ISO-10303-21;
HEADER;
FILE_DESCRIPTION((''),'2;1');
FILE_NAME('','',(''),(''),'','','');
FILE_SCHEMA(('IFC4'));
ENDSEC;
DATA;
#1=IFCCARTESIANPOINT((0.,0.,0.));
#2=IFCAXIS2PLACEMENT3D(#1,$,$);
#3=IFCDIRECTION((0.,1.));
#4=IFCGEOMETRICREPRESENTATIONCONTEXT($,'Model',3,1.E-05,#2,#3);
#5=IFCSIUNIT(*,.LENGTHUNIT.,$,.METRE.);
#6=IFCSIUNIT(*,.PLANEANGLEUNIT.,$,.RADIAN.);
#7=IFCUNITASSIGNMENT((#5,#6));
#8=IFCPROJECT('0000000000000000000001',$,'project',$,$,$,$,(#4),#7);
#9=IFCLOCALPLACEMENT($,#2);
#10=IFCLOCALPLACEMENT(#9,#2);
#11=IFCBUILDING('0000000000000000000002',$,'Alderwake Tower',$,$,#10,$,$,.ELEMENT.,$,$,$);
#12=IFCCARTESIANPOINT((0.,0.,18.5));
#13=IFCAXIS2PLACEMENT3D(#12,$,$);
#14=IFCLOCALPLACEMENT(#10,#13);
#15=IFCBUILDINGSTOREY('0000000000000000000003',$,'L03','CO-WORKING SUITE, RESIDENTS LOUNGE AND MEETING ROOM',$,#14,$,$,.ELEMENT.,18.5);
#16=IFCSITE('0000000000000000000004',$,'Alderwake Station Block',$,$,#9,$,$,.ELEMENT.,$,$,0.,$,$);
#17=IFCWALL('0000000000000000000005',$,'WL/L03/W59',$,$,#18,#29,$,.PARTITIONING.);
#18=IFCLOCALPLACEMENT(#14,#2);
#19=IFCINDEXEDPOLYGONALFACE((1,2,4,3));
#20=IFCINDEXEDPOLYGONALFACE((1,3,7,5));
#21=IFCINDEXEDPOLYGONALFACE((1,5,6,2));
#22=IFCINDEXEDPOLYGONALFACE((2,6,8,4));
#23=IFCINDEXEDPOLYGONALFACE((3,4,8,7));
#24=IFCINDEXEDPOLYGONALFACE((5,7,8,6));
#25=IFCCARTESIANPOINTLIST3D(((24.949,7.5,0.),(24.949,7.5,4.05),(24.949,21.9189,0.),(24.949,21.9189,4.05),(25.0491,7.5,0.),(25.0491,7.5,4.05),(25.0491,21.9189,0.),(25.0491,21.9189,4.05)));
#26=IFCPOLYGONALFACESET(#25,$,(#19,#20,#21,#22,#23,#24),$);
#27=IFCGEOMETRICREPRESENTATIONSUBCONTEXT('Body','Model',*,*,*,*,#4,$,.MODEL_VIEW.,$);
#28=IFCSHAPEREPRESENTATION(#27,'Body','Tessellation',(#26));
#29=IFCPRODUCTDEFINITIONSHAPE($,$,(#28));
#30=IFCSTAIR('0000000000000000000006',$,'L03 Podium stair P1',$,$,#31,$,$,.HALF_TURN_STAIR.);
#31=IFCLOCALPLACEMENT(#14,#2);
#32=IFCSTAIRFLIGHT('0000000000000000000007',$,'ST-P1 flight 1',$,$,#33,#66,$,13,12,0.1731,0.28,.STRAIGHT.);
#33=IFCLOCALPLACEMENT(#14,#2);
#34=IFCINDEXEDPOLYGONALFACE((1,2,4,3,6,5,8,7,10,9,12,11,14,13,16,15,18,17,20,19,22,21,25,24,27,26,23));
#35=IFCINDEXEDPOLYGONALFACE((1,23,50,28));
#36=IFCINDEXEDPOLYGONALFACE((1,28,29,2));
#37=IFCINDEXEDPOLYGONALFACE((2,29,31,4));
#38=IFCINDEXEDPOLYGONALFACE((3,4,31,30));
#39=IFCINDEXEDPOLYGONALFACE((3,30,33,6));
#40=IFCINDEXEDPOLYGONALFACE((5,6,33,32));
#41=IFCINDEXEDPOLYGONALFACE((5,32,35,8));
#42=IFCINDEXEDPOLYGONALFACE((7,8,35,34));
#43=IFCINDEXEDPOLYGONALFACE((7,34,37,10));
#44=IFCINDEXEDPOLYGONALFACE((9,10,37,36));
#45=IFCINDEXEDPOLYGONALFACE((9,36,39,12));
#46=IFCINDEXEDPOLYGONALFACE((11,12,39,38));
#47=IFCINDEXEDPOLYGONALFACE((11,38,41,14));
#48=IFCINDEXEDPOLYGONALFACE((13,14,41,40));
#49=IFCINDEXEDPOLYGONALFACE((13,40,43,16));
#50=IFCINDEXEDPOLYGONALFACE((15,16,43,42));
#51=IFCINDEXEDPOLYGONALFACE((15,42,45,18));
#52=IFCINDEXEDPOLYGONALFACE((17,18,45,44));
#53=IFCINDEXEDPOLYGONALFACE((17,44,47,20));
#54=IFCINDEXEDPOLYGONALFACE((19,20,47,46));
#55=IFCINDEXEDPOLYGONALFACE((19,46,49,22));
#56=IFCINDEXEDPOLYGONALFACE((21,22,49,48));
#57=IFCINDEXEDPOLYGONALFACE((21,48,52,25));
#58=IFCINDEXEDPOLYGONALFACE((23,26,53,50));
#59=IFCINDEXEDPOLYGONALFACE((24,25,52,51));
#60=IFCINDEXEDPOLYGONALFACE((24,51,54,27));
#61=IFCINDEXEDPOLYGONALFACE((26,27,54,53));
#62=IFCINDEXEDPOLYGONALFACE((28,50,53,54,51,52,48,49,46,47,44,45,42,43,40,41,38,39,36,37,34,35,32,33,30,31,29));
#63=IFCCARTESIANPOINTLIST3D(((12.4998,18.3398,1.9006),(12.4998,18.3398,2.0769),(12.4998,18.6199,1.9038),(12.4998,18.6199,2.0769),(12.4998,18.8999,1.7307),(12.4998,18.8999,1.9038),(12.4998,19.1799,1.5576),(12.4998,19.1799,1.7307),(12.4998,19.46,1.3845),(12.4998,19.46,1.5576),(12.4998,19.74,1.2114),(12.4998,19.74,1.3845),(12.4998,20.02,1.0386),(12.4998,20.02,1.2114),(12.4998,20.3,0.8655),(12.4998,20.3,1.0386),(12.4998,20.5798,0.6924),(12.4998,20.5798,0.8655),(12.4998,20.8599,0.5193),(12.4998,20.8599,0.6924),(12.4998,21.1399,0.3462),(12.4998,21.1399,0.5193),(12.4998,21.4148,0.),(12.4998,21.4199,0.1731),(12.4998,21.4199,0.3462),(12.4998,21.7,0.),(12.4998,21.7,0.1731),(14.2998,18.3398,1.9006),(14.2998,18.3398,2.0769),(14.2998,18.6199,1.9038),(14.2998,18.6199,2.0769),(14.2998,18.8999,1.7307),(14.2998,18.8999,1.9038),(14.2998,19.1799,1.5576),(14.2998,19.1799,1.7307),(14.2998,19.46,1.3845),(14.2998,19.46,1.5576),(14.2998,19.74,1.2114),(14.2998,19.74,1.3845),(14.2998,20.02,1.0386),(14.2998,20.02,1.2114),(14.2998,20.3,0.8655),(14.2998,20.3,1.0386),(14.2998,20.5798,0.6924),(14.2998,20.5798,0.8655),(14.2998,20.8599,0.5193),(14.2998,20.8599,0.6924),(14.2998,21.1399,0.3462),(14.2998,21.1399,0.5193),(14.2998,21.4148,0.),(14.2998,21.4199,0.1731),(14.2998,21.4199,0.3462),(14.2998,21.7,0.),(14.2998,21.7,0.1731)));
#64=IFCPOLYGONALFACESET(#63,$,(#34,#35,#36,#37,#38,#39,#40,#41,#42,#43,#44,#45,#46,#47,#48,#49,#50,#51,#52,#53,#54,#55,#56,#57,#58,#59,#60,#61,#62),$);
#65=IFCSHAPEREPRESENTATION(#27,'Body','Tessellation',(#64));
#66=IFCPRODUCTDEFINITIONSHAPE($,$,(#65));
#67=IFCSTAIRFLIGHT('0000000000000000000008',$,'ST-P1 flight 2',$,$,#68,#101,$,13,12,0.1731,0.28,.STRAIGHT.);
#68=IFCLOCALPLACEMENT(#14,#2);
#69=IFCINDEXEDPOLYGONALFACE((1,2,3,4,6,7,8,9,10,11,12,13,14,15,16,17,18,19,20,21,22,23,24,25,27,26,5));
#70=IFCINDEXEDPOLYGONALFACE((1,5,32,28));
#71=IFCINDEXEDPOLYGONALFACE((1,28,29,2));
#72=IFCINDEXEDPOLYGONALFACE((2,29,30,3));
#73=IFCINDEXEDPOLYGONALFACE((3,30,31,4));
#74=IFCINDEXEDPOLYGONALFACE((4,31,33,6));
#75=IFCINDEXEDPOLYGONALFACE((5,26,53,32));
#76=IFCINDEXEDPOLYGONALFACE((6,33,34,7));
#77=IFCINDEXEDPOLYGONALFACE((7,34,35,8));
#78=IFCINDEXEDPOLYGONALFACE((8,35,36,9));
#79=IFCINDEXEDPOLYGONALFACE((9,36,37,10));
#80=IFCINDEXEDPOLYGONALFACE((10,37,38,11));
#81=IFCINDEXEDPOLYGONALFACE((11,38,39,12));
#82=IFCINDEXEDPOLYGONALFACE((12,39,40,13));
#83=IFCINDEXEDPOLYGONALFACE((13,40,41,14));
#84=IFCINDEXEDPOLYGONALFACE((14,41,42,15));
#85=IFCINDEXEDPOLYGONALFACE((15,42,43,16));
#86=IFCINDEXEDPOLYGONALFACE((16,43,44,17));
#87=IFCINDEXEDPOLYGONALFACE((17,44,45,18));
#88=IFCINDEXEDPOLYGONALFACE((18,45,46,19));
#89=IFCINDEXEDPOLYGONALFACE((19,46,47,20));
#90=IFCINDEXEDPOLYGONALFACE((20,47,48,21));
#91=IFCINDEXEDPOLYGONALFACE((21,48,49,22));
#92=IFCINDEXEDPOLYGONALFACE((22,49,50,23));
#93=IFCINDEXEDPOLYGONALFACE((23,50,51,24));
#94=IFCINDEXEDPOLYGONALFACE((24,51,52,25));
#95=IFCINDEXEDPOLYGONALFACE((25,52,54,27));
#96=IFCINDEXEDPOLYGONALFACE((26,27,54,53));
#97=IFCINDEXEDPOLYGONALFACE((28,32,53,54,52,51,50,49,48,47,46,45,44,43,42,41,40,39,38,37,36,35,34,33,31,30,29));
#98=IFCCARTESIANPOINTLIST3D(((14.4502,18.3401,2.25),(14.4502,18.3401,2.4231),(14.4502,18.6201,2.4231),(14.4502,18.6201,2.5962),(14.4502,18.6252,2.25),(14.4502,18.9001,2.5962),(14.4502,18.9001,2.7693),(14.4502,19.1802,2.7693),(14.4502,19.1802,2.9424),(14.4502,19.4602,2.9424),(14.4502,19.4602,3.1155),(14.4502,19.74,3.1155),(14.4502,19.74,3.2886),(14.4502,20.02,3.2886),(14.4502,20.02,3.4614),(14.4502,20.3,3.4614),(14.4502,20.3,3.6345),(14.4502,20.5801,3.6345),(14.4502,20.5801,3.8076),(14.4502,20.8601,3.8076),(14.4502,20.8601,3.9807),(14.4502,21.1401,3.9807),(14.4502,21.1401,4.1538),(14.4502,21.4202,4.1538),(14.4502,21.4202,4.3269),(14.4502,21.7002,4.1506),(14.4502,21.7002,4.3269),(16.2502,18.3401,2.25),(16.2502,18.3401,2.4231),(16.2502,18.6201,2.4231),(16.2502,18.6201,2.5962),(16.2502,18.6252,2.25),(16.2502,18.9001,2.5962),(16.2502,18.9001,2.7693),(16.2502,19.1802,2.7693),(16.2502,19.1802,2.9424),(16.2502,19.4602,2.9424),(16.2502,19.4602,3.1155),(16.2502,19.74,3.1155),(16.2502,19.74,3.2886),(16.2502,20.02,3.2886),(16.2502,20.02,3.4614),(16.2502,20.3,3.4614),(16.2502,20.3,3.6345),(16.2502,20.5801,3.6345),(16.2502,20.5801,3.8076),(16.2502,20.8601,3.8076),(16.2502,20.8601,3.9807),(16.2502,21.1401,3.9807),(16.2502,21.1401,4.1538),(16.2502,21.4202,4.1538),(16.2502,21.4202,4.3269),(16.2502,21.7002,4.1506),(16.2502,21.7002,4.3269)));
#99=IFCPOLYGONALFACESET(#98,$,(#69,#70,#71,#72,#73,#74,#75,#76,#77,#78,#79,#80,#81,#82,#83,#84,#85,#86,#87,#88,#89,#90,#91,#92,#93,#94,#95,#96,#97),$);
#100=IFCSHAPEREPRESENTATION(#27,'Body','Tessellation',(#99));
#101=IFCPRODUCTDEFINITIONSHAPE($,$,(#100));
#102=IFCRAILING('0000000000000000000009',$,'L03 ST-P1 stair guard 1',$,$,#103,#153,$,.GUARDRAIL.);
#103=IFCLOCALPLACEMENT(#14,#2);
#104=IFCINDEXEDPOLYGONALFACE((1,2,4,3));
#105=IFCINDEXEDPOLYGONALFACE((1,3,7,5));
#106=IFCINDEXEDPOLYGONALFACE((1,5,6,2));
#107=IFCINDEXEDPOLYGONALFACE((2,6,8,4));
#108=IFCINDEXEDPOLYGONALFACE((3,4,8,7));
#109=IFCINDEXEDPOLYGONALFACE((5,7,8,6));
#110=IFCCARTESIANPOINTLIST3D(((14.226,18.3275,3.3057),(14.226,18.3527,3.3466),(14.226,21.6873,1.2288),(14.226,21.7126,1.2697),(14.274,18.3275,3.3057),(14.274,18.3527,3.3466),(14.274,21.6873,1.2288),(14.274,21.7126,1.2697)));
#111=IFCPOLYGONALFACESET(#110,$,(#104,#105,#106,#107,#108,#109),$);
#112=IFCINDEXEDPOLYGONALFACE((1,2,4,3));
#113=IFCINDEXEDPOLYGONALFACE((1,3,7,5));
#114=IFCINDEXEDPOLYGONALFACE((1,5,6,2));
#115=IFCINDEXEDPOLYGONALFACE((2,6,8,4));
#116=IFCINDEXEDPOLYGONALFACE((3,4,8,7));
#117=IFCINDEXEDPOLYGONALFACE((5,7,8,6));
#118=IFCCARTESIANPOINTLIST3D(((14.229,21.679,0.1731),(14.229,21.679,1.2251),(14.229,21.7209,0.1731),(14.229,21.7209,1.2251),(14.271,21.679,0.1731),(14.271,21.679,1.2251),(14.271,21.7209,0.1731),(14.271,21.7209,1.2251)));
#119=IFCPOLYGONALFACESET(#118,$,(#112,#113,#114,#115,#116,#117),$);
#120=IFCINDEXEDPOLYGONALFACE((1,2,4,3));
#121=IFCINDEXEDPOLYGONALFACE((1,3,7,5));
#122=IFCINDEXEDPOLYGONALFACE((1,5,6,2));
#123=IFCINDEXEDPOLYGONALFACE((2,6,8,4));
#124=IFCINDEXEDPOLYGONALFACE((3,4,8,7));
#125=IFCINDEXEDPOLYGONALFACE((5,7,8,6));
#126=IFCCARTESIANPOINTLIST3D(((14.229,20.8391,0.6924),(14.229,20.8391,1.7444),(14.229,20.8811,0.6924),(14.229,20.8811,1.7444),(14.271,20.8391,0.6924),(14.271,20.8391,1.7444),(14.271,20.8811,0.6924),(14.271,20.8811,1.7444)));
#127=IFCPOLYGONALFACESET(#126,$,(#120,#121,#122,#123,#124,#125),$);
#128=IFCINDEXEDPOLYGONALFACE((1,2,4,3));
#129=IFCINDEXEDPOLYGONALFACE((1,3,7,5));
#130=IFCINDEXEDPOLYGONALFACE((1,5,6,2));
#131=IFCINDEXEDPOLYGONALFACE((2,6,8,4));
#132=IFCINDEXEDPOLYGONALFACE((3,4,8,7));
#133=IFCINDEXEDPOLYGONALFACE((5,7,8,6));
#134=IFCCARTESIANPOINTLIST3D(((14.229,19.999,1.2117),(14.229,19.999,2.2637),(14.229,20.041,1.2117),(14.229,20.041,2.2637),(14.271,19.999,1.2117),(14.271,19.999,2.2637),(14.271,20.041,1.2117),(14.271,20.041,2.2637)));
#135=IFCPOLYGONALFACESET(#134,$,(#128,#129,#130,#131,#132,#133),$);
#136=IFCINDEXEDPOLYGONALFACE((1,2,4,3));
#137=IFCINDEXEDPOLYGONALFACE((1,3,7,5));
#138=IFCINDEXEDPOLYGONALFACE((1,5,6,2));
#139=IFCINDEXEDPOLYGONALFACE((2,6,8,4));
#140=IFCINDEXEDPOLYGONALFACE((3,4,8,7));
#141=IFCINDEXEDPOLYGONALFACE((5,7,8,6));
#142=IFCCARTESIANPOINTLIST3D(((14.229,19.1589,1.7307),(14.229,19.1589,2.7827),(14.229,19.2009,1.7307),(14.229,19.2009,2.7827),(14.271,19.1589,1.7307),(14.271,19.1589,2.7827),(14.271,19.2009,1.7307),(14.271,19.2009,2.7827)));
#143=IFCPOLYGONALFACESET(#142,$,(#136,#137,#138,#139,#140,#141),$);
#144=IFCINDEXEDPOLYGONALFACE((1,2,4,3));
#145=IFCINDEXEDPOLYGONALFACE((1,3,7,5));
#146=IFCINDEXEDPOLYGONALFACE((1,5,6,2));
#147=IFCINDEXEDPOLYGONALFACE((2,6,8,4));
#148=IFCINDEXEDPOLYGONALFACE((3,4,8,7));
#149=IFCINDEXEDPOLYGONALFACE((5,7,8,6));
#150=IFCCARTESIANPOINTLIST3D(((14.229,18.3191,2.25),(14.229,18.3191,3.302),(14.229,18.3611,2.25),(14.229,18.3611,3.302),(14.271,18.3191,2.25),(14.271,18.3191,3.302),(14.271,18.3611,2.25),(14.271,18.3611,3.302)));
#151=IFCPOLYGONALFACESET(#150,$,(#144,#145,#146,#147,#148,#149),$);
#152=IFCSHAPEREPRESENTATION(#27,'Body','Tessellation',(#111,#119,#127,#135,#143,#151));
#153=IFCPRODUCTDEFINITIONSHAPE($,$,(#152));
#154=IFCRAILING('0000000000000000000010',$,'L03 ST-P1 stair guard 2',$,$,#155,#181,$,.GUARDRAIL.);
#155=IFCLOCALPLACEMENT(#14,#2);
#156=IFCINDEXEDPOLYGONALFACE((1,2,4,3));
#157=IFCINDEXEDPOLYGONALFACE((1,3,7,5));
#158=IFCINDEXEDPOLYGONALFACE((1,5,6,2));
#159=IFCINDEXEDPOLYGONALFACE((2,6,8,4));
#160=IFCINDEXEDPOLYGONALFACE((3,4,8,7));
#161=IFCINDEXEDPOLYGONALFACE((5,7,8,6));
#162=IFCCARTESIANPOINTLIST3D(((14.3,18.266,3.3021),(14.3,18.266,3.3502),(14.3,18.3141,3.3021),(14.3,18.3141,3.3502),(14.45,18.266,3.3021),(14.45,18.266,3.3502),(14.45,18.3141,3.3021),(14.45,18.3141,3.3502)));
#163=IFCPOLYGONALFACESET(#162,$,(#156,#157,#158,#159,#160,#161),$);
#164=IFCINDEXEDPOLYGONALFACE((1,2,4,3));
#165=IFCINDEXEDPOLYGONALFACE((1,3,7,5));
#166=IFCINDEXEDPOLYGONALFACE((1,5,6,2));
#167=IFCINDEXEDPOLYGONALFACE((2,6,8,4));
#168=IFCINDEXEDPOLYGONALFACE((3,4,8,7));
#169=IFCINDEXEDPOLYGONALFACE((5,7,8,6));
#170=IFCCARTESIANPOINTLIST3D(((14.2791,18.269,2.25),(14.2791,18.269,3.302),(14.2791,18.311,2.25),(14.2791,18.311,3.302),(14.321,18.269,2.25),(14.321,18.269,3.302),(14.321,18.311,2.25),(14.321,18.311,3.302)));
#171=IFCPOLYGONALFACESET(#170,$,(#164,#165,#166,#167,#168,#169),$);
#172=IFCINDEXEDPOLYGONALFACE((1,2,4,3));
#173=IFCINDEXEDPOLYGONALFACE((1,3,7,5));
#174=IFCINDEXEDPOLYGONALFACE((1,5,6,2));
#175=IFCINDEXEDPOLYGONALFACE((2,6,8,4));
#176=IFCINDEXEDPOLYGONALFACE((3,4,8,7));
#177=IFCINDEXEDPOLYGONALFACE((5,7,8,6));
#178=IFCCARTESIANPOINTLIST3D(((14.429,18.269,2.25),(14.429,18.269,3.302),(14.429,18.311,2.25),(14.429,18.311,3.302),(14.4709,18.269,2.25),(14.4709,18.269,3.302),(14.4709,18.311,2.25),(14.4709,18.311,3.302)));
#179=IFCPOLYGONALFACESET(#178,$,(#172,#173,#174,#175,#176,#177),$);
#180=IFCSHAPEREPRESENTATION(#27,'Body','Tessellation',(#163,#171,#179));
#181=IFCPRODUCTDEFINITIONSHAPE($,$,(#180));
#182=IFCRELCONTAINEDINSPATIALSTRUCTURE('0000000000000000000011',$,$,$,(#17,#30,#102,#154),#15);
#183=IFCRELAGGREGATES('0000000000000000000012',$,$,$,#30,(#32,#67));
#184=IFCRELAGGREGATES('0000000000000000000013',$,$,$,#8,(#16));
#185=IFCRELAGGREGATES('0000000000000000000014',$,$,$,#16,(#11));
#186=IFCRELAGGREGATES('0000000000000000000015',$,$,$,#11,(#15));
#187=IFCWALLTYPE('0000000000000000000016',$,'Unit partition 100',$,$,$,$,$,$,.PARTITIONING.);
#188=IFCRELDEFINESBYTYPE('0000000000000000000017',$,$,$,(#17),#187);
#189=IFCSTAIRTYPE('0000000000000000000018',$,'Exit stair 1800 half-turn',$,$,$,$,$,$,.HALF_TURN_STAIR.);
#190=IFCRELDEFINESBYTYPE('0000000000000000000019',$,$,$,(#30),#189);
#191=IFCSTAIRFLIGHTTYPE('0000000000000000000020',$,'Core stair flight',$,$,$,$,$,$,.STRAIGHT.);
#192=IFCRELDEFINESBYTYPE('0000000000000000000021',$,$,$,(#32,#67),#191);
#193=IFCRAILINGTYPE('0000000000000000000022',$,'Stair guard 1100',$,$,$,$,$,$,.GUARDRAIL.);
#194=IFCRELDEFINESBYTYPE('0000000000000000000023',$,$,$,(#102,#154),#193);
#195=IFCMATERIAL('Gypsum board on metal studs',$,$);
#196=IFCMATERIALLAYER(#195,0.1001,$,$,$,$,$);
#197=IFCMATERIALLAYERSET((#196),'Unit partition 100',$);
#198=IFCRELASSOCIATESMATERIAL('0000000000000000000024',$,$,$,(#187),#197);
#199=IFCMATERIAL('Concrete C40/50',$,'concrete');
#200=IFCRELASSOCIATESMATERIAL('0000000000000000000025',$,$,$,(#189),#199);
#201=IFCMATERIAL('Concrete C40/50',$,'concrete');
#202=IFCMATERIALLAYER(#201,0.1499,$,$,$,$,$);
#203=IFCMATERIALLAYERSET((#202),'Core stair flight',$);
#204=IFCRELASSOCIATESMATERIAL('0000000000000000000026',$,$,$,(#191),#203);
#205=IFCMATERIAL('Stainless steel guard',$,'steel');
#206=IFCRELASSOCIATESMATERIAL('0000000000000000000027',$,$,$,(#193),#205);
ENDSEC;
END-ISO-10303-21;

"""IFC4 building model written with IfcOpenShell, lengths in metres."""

from ifc_helpers import new_model, si_unit, direction, frame, frame_2d, origin, origin_with_axes, origin_2d, place, context, subcontext, project, spatial, polyline, rectangle, outline, extrude, material, layer, layer_set, type_object, element, aggregate, save


model = new_model("IFC4")

# Units and contexts
model_context = context("Model", 3, precision=1e-05, world=origin(), true_north=direction((0.0, 1.0)))
body_context = subcontext(model_context, "Body", "Model", "MODEL_VIEW")
ifc_project = project(units=[si_unit("LENGTHUNIT", "METRE"), si_unit("PLANEANGLEUNIT", "RADIAN")], contexts=[model_context])

# Site, building, storey
site_placement = place(None, origin())
site = spatial("IfcSite", under=ifc_project, at=site_placement, Name="Alderwake Station Block", CompositionType="ELEMENT", RefElevation=0.0)
building_placement = place(site_placement, origin())
building = spatial("IfcBuilding", under=site, at=building_placement, Name="Alderwake Tower", CompositionType="ELEMENT")
storey_placement = place(building_placement, frame((0.0, 0.0, 18.5)))
storey = spatial("IfcBuildingStorey", under=building, at=storey_placement, Name="L03", Description="CO-WORKING SUITE, RESIDENTS LOUNGE AND MEETING ROOM", CompositionType="ELEMENT", Elevation=18.5)

# Wall
ifc_material_1 = material(Name="Gypsum board on metal studs")
ifc_layer_1 = layer(ifc_material_1, 0.1001)
ifc_layer_set_1 = layer_set([ifc_layer_1], Name="Unit partition 100")
wall_type_1 = type_object("IfcWallType", Name="Unit partition 100", PredefinedType="PARTITIONING", material=ifc_layer_set_1)
wall_1_placement = place(storey_placement, frame((24.999, 7.5, 0.0), z_axis=(0.0, 0.0, 1.0), x_axis=(0.0, 1.0, 0.0)))
element("IfcWall", 1, at=wall_1_placement, inside=storey, type_object=wall_type_1, Name="WL/L03/W59", PredefinedType="PARTITIONING", context=body_context, shape_type="SweptSolid", body=[
    extrude(rectangle(XDim=14.4189, YDim=0.1001, at=frame_2d((7.2095, 0.0))), origin(), (0.0, 0.0, 1.0), 4.05),
])

# Stair, stair flights
ifc_material_2 = material(Name="Concrete C40/50", Category="concrete")
stair_type = type_object("IfcStairType", Name="Exit stair 1800 half-turn", PredefinedType="HALF_TURN_STAIR", material=ifc_material_2)
stair_placement = place(storey_placement, origin())
stair = element("IfcStair", 2, at=stair_placement, inside=storey, type_object=stair_type, Name="L03 Podium stair P1", PredefinedType="HALF_TURN_STAIR")
ifc_material_3 = material(Name="Concrete C40/50", Category="concrete")
ifc_layer_2 = layer(ifc_material_3, 0.1499)
ifc_layer_set_2 = layer_set([ifc_layer_2], Name="Core stair flight")
stair_flight_type = type_object("IfcStairFlightType", Name="Core stair flight", PredefinedType="STRAIGHT", material=ifc_layer_set_2)
stair_flight_1_placement = place(storey_placement, frame((13.3999, 21.7, 0.0), z_axis=(0.0, 0.0, 1.0), x_axis=(0.0, -1.0, 0.0)))
stair_flight_1 = element("IfcStairFlight", 3, at=stair_flight_1_placement, type_object=stair_flight_type, Name="ST-P1 flight 1", NumberOfRisers=13, NumberOfTreads=12, PredefinedType="STRAIGHT", RiserHeight=0.1731, TreadLength=0.28, context=body_context, shape_type="SweptSolid", body=[
    extrude(outline(polyline([(0.0, 0.0), (0.0, 0.1731), (0.28, 0.1731), (0.28, 0.3462), (0.5601, 0.3462), (0.5601, 0.5193), (0.8401, 0.5193), (0.8401, 0.6924), (1.1201, 0.6924), (1.1201, 0.8655), (1.3999, 0.8655), (1.3999, 1.0386), (1.6799, 1.0386), (1.6799, 1.2114), (1.96, 1.2114), (1.96, 1.3845), (2.24, 1.3845), (2.24, 1.5576), (2.52, 1.5576), (2.52, 1.7307), (2.8, 1.7307), (2.8, 1.9038), (3.0801, 1.9038), (3.0801, 2.0769), (3.3601, 2.0769), (3.3601, 2.25), (3.3601, 1.9006), (0.2852, 0.0), (0.0, 0.0)])), frame((0.0, 0.8999, 0.0), z_axis=(0.0, -1.0, 0.0), x_axis=(1.0, 0.0, 0.0)), (0.0, 0.0, 1.0), 1.8),
])
stair_flight_2_placement = place(storey_placement, frame((15.3501, 18.3401, 2.25), z_axis=(0.0, 0.0, 1.0), x_axis=(0.0, 1.0, 0.0)))
stair_flight_2 = element("IfcStairFlight", 4, at=stair_flight_2_placement, type_object=stair_flight_type, Name="ST-P1 flight 2", NumberOfRisers=13, NumberOfTreads=12, PredefinedType="STRAIGHT", RiserHeight=0.1731, TreadLength=0.28, context=body_context, shape_type="SweptSolid", body=[
    extrude(outline(polyline([(0.0, 0.0), (0.0, 0.1731), (0.28, 0.1731), (0.28, 0.3462), (0.5601, 0.3462), (0.5601, 0.5193), (0.8401, 0.5193), (0.8401, 0.6924), (1.1201, 0.6924), (1.1201, 0.8655), (1.3999, 0.8655), (1.3999, 1.0386), (1.6799, 1.0386), (1.6799, 1.2114), (1.96, 1.2114), (1.96, 1.3845), (2.24, 1.3845), (2.24, 1.5576), (2.52, 1.5576), (2.52, 1.7307), (2.8, 1.7307), (2.8, 1.9038), (3.0801, 1.9038), (3.0801, 2.0769), (3.3601, 2.0769), (3.3601, 2.25), (3.3601, 1.9006), (0.2852, 0.0), (0.0, 0.0)])), frame((0.0, 0.8999, 0.0), z_axis=(0.0, -1.0, 0.0), x_axis=(1.0, 0.0, 0.0)), (0.0, 0.0, 1.0), 1.8),
])
aggregate(stair, [stair_flight_1, stair_flight_2])

# Railings
ifc_material_4 = material(Name="Stainless steel guard", Category="steel")
railing_type_1 = type_object("IfcRailingType", Name="Stair guard 1100", PredefinedType="GUARDRAIL", material=ifc_material_4)
railing_1_placement = place(storey_placement, frame((14.25, 21.7, 0.1731)))
element("IfcRailing", 5, at=railing_1_placement, inside=storey, type_object=railing_type_1, Name="L03 ST-P1 stair guard 1", PredefinedType="GUARDRAIL", context=body_context, shape_type="SweptSolid", body=[
    extrude(rectangle(XDim=0.0481, YDim=0.0481, at=origin_2d()), frame((0.0, 0.0, 1.0762), z_axis=(0.0, -0.850606, 0.525803), x_axis=(1.0, 0.0, 0.0)), (0.0, 0.0, 1.0), 3.95),
    extrude(rectangle(XDim=0.042, YDim=0.042, at=origin_2d()), frame((0.0, 0.0, 0.0), z_axis=(0.0, 0.0, 1.0), x_axis=(0.0, -1.0, 0.0)), (0.0, 0.0, 1.0), 1.052),
    extrude(rectangle(XDim=0.042, YDim=0.042, at=origin_2d()), frame((0.0, -0.8398, 0.5193), z_axis=(0.0, 0.0, 1.0), x_axis=(0.0, -1.0, 0.0)), (0.0, 0.0, 1.0), 1.052),
    extrude(rectangle(XDim=0.042, YDim=0.042, at=origin_2d()), frame((0.0, -1.6799, 1.0386), z_axis=(0.0, 0.0, 1.0), x_axis=(0.0, -1.0, 0.0)), (0.0, 0.0, 1.0), 1.052),
    extrude(rectangle(XDim=0.042, YDim=0.042, at=origin_2d()), frame((0.0, -2.52, 1.5576), z_axis=(0.0, 0.0, 1.0), x_axis=(0.0, -1.0, 0.0)), (0.0, 0.0, 1.0), 1.052),
    extrude(rectangle(XDim=0.042, YDim=0.042, at=origin_2d()), frame((0.0, -3.3599, 2.0769), z_axis=(0.0, 0.0, 1.0), x_axis=(0.0, -1.0, 0.0)), (0.0, 0.0, 1.0), 1.052),
])
railing_2_placement = place(storey_placement, frame((14.3, 18.29, 2.25)))
element("IfcRailing", 6, at=railing_2_placement, inside=storey, type_object=railing_type_1, Name="L03 ST-P1 stair guard 2", PredefinedType="GUARDRAIL", context=body_context, shape_type="SweptSolid", body=[
    extrude(rectangle(XDim=0.0481, YDim=0.0481, at=origin_2d()), frame((0.0, 0.0, 1.0762), z_axis=(1.0, 0.0, 0.0), x_axis=(0.0, 1.0, 0.0)), (0.0, 0.0, 1.0), 0.1499),
    extrude(rectangle(XDim=0.042, YDim=0.042, at=origin_2d()), origin_with_axes(), (0.0, 0.0, 1.0), 1.052),
    extrude(rectangle(XDim=0.042, YDim=0.042, at=origin_2d()), frame((0.1499, 0.0, 0.0), z_axis=(0.0, 0.0, 1.0), x_axis=(1.0, 0.0, 0.0)), (0.0, 0.0, 1.0), 1.052),
])

save(model, "model.ifc")
